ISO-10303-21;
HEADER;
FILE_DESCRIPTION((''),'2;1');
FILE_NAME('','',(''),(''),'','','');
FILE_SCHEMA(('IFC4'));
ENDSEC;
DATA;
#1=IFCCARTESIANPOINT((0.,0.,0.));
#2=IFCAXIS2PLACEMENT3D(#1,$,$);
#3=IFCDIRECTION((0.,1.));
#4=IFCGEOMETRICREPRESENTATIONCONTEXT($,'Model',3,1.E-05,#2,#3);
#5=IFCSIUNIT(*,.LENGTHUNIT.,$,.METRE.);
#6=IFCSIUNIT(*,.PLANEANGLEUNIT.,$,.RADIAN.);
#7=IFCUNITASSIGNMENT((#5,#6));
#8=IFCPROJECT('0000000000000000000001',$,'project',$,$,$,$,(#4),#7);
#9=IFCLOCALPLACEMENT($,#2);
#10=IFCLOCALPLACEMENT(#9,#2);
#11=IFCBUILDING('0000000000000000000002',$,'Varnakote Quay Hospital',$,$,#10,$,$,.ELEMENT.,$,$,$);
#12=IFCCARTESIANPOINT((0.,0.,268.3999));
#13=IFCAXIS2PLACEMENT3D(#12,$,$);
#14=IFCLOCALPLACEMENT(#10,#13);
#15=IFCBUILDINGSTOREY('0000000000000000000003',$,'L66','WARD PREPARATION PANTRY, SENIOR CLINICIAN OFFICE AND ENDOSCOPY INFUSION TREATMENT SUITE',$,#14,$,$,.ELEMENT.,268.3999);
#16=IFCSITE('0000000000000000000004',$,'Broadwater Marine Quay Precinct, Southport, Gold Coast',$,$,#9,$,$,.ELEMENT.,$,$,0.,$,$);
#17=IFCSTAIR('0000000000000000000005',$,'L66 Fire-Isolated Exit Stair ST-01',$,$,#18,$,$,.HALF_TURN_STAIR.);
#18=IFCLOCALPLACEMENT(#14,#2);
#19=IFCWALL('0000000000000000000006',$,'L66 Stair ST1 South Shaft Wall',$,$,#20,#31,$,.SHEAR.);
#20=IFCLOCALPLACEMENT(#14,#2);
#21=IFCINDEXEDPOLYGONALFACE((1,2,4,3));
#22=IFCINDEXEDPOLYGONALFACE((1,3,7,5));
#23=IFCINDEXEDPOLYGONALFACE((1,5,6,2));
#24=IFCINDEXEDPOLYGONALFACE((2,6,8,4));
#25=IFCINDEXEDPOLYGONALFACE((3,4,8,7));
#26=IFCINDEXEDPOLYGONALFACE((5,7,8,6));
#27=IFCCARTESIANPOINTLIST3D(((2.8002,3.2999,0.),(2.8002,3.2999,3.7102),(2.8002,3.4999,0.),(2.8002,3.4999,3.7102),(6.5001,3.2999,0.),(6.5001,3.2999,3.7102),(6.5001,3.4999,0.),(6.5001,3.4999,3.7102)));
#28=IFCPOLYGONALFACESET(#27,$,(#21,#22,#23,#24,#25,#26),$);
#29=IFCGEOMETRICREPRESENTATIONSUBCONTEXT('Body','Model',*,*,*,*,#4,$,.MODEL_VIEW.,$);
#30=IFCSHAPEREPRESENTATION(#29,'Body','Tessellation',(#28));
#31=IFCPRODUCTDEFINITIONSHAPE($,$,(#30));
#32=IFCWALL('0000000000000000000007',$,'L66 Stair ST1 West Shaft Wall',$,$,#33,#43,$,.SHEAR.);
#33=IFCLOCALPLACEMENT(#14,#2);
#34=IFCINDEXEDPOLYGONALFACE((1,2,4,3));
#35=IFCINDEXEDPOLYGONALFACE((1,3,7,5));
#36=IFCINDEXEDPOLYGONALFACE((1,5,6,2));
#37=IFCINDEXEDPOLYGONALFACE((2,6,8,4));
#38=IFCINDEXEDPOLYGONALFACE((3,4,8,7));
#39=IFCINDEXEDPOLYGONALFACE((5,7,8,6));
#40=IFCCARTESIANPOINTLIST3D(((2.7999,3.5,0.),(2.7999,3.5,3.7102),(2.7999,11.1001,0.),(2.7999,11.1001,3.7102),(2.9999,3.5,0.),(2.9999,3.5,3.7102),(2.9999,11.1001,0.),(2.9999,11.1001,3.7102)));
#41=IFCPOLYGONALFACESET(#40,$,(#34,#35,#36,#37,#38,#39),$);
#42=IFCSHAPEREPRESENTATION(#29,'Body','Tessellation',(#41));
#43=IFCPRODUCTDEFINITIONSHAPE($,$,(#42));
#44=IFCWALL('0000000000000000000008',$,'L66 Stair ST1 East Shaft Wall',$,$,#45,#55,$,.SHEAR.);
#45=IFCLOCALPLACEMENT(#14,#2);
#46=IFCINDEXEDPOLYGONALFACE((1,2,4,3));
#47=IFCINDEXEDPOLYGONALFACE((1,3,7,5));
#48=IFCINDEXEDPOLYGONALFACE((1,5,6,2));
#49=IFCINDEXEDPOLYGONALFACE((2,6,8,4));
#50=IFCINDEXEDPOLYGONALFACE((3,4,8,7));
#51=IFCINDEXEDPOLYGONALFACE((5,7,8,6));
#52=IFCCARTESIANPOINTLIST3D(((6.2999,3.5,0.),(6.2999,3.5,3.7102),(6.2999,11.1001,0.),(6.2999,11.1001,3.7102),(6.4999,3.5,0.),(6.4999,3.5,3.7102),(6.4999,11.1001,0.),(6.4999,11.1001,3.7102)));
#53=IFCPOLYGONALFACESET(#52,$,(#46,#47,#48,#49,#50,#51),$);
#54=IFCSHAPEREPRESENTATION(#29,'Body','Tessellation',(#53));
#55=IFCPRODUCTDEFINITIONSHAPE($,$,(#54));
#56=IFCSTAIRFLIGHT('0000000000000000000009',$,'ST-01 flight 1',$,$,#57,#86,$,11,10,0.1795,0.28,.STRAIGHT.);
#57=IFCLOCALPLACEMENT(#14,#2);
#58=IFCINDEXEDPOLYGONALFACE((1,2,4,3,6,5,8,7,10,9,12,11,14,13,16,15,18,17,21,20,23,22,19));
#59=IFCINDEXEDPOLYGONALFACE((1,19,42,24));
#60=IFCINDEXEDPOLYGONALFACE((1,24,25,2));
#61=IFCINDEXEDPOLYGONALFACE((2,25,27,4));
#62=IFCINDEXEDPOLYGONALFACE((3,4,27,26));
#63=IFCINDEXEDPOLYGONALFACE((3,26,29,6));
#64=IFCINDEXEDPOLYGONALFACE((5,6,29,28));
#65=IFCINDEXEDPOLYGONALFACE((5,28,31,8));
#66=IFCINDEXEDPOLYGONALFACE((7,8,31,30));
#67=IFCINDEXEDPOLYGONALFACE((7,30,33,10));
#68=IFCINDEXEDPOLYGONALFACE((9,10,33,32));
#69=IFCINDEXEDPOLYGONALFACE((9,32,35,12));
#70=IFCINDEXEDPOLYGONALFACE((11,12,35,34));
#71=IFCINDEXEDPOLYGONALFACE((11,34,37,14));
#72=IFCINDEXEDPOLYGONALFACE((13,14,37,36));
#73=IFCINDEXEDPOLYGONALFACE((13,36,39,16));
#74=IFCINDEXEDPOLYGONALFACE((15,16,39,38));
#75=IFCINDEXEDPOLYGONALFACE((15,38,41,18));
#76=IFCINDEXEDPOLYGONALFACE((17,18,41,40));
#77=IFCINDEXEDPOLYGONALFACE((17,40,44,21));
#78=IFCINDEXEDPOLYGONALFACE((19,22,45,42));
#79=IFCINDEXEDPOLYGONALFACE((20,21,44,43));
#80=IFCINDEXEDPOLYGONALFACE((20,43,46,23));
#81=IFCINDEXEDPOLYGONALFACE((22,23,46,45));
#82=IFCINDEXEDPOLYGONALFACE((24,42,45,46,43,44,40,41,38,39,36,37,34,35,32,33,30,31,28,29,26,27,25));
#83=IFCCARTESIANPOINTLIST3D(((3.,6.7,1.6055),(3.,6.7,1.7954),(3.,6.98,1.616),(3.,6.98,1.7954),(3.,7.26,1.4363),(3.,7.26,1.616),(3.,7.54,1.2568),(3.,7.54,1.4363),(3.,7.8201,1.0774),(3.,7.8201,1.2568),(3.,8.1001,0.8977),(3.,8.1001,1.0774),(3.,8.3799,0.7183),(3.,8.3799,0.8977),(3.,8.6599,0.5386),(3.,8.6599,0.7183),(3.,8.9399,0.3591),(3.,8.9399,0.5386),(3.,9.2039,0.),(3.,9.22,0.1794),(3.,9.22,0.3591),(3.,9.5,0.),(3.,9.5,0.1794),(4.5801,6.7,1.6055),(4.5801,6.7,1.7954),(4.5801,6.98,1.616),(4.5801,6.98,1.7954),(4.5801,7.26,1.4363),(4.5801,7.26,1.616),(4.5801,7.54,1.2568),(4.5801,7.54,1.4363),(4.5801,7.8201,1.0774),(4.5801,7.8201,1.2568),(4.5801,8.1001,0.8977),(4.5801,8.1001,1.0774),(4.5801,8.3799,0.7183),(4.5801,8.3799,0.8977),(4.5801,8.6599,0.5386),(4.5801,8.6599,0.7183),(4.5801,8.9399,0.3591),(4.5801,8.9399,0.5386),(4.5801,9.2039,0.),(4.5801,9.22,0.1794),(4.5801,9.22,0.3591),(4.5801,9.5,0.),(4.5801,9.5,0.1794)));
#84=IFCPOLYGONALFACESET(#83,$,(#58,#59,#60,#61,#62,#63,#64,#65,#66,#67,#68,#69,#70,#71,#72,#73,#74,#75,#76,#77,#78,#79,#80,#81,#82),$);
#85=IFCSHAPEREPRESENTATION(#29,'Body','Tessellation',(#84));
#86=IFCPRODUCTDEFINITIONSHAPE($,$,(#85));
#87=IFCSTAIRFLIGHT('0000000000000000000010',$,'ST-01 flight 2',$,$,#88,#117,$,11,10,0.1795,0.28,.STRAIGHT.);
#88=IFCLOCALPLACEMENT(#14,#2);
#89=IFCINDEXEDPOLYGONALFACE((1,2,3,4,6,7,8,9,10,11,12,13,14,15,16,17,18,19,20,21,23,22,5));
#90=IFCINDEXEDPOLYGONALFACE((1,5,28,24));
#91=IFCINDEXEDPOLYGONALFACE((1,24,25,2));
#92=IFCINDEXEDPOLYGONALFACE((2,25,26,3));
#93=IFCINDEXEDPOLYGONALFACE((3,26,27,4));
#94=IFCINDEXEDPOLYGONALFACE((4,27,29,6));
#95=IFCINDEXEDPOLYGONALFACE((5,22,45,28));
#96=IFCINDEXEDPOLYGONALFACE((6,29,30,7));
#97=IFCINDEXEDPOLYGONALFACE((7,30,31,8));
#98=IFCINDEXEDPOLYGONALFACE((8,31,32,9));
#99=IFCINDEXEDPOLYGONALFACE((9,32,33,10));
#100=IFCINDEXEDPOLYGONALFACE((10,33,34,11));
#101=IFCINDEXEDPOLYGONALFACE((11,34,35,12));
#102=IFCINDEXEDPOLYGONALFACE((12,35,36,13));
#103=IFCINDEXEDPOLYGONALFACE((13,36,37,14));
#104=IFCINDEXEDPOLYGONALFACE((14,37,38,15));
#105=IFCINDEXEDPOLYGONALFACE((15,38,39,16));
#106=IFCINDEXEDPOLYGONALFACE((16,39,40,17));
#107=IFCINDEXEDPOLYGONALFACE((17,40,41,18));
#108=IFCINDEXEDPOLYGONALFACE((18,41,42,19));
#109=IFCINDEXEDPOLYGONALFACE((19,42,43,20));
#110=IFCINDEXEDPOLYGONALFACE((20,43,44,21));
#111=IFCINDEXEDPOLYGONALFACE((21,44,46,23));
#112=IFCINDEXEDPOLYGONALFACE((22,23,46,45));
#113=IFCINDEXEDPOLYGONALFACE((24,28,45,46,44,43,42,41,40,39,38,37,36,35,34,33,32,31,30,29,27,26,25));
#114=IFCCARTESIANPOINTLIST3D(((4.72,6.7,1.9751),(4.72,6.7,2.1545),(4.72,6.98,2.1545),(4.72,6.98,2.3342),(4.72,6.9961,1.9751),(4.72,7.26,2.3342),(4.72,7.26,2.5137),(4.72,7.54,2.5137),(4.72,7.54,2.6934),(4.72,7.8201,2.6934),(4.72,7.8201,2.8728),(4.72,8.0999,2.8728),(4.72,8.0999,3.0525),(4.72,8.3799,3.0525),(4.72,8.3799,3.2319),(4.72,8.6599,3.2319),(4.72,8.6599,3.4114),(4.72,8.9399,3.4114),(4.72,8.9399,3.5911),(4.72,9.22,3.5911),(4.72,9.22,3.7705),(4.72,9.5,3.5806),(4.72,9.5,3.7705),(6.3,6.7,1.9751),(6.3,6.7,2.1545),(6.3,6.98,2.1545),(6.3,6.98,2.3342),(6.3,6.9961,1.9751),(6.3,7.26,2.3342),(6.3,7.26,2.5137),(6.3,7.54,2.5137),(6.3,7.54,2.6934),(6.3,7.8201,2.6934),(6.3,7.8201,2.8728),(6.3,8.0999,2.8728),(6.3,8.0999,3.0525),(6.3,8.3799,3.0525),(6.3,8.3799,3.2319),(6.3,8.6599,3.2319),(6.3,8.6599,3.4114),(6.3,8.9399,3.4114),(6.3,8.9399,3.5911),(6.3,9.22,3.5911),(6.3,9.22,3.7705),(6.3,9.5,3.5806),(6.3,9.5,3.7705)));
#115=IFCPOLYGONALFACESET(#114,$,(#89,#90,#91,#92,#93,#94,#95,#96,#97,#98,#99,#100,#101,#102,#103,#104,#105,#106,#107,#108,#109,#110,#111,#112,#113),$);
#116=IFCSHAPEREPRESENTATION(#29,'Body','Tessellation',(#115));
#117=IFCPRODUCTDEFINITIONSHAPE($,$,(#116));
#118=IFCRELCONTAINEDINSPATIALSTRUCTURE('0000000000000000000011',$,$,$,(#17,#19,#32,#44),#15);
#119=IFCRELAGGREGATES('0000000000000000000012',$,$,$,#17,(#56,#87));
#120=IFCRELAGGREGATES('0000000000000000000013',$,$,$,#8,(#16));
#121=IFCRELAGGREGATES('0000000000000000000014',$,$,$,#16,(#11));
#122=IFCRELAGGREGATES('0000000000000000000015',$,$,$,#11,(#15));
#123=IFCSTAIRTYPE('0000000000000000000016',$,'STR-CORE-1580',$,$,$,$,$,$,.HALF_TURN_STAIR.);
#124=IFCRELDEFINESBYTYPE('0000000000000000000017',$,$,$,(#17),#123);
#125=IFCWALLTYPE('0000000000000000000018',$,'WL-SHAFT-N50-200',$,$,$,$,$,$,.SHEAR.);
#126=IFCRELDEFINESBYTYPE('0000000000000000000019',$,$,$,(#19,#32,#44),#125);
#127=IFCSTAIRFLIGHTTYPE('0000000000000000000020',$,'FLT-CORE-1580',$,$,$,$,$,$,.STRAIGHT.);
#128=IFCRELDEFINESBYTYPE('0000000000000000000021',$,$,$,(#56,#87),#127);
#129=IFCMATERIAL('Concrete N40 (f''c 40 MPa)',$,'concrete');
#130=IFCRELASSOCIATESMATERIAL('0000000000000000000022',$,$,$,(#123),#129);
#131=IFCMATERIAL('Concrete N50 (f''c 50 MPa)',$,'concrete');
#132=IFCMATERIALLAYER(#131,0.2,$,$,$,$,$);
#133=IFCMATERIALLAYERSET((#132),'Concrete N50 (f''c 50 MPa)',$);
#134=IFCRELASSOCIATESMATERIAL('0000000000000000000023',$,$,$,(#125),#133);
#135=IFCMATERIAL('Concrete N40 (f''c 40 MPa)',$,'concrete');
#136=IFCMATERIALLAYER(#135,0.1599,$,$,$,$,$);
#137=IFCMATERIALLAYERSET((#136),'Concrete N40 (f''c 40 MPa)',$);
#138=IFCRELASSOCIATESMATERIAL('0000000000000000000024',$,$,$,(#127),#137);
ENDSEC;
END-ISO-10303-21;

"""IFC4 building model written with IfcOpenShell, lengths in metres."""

from ifc_helpers import new_model, si_unit, direction, frame, frame_2d, origin, place, context, subcontext, project, spatial, polyline, rectangle, outline, extrude, material, layer, layer_set, type_object, element, aggregate, save


model = new_model("IFC4")

# Units and contexts
model_context = context("Model", 3, precision=1e-05, world=origin(), true_north=direction((0.0, 1.0)))
body_context = subcontext(model_context, "Body", "Model", "MODEL_VIEW")
ifc_project = project(units=[si_unit("LENGTHUNIT", "METRE"), si_unit("PLANEANGLEUNIT", "RADIAN")], contexts=[model_context])

# Site, building, storey
site_placement = place(None, origin())
site = spatial("IfcSite", under=ifc_project, at=site_placement, Name="Broadwater Marine Quay Precinct, Southport, Gold Coast", CompositionType="ELEMENT", RefElevation=0.0)
building_placement = place(site_placement, origin())
building = spatial("IfcBuilding", under=site, at=building_placement, Name="Varnakote Quay Hospital", CompositionType="ELEMENT")
storey_placement = place(building_placement, frame((0.0, 0.0, 268.3999)))
storey = spatial("IfcBuildingStorey", under=building, at=storey_placement, Name="L66", Description="WARD PREPARATION PANTRY, SENIOR CLINICIAN OFFICE AND ENDOSCOPY INFUSION TREATMENT SUITE", CompositionType="ELEMENT", Elevation=268.3999)

# Stair
ifc_material_1 = material(Name="Concrete N40 (f'c 40 MPa)", Category="concrete")
stair_type = type_object("IfcStairType", Name="STR-CORE-1580", PredefinedType="HALF_TURN_STAIR", material=ifc_material_1)
stair_1_placement = place(storey_placement, origin())
stair_1 = element("IfcStair", 1, at=stair_1_placement, inside=storey, type_object=stair_type, Name="L66 Fire-Isolated Exit Stair ST-01", PredefinedType="HALF_TURN_STAIR")

# Walls
ifc_material_2 = material(Name="Concrete N50 (f'c 50 MPa)", Category="concrete")
ifc_layer_1 = layer(ifc_material_2, 0.2)
ifc_layer_set_1 = layer_set([ifc_layer_1], Name="Concrete N50 (f'c 50 MPa)")
wall_type_1 = type_object("IfcWallType", Name="WL-SHAFT-N50-200", PredefinedType="SHEAR", material=ifc_layer_set_1)
wall_1_placement = place(storey_placement, frame((2.8, 3.3999, 0.0), z_axis=(0.0, 0.0, 1.0), x_axis=(1.0, 0.0, 0.0)))
element("IfcWall", 2, at=wall_1_placement, inside=storey, type_object=wall_type_1, Name="L66 Stair ST1 South Shaft Wall", PredefinedType="SHEAR", context=body_context, shape_type="SweptSolid", body=[
    extrude(rectangle(XDim=3.7, YDim=0.2, at=frame_2d((1.8501, 0.0))), origin(), (0.0, 0.0, 1.0), 3.7102),
])
for number, where, z_axis, x_axis, name in (
    (3, (2.8999, 3.5, 0.0), (0.0, 0.0, 1.0), (0.0, 1.0, 0.0), "L66 Stair ST1 West Shaft Wall"),
    (4, (6.3999, 3.5, 0.0), (0.0, 0.0, 1.0), (0.0, 1.0, 0.0), "L66 Stair ST1 East Shaft Wall"),
):
    element("IfcWall", number, at=place(storey_placement, frame(where, z_axis=z_axis, x_axis=x_axis)), inside=storey, type_object=wall_type_1, Name=name, PredefinedType="SHEAR", context=body_context, shape_type="SweptSolid", body=[
        extrude(rectangle(XDim=7.6001, YDim=0.2, at=frame_2d((3.8, 0.0))), origin(), (0.0, 0.0, 1.0), 3.7102),
    ])

# Stair flights
ifc_material_3 = material(Name="Concrete N40 (f'c 40 MPa)", Category="concrete")
ifc_layer_2 = layer(ifc_material_3, 0.1599)
ifc_layer_set_2 = layer_set([ifc_layer_2], Name="Concrete N40 (f'c 40 MPa)")
stair_flight_type = type_object("IfcStairFlightType", Name="FLT-CORE-1580", PredefinedType="STRAIGHT", material=ifc_layer_set_2)
stair_flight_1_placement = place(storey_placement, frame((3.79, 9.5, 0.0), z_axis=(0.0, 0.0, 1.0), x_axis=(0.0, -1.0, 0.0)))
stair_flight_1 = element("IfcStairFlight", 5, at=stair_flight_1_placement, type_object=stair_flight_type, Name="ST-01 flight 1", NumberOfRisers=11, NumberOfTreads=10, PredefinedType="STRAIGHT", RiserHeight=0.1795, TreadLength=0.28, context=body_context, shape_type="SweptSolid", body=[
    extrude(outline(polyline([(0.0, 0.0), (0.0, 0.1794), (0.28, 0.1794), (0.28, 0.3591), (0.5601, 0.3591), (0.5601, 0.5386), (0.8401, 0.5386), (0.8401, 0.7183), (1.1201, 0.7183), (1.1201, 0.8977), (1.3999, 0.8977), (1.3999, 1.0774), (1.6799, 1.0774), (1.6799, 1.2568), (1.96, 1.2568), (1.96, 1.4363), (2.24, 1.4363), (2.24, 1.616), (2.52, 1.616), (2.52, 1.7954), (2.8, 1.7954), (2.8, 1.9751), (2.8, 1.6055), (0.2961, 0.0), (0.0, 0.0)])), frame((0.0, 0.79, 0.0), z_axis=(0.0, -1.0, 0.0), x_axis=(1.0, 0.0, 0.0)), (0.0, 0.0, 1.0), 1.5801),
])
stair_flight_2_placement = place(storey_placement, frame((5.51, 6.7, 1.9751), z_axis=(0.0, 0.0, 1.0), x_axis=(0.0, 1.0, 0.0)))
stair_flight_2 = element("IfcStairFlight", 6, at=stair_flight_2_placement, type_object=stair_flight_type, Name="ST-01 flight 2", NumberOfRisers=11, NumberOfTreads=10, PredefinedType="STRAIGHT", RiserHeight=0.1795, TreadLength=0.28, context=body_context, shape_type="SweptSolid", body=[
    extrude(outline(polyline([(0.0, 0.0), (0.0, 0.1794), (0.28, 0.1794), (0.28, 0.3591), (0.5601, 0.3591), (0.5601, 0.5386), (0.8401, 0.5386), (0.8401, 0.7183), (1.1201, 0.7183), (1.1201, 0.8977), (1.3999, 0.8977), (1.3999, 1.0774), (1.6799, 1.0774), (1.6799, 1.2568), (1.96, 1.2568), (1.96, 1.4363), (2.24, 1.4363), (2.24, 1.616), (2.52, 1.616), (2.52, 1.7954), (2.8, 1.7954), (2.8, 1.9751), (2.8, 1.6055), (0.2961, 0.0), (0.0, 0.0)])), frame((0.0, 0.79, 0.0), z_axis=(0.0, -1.0, 0.0), x_axis=(1.0, 0.0, 0.0)), (0.0, 0.0, 1.0), 1.5801),
])
aggregate(stair_1, [stair_flight_1, stair_flight_2])

save(model, "model.ifc")
